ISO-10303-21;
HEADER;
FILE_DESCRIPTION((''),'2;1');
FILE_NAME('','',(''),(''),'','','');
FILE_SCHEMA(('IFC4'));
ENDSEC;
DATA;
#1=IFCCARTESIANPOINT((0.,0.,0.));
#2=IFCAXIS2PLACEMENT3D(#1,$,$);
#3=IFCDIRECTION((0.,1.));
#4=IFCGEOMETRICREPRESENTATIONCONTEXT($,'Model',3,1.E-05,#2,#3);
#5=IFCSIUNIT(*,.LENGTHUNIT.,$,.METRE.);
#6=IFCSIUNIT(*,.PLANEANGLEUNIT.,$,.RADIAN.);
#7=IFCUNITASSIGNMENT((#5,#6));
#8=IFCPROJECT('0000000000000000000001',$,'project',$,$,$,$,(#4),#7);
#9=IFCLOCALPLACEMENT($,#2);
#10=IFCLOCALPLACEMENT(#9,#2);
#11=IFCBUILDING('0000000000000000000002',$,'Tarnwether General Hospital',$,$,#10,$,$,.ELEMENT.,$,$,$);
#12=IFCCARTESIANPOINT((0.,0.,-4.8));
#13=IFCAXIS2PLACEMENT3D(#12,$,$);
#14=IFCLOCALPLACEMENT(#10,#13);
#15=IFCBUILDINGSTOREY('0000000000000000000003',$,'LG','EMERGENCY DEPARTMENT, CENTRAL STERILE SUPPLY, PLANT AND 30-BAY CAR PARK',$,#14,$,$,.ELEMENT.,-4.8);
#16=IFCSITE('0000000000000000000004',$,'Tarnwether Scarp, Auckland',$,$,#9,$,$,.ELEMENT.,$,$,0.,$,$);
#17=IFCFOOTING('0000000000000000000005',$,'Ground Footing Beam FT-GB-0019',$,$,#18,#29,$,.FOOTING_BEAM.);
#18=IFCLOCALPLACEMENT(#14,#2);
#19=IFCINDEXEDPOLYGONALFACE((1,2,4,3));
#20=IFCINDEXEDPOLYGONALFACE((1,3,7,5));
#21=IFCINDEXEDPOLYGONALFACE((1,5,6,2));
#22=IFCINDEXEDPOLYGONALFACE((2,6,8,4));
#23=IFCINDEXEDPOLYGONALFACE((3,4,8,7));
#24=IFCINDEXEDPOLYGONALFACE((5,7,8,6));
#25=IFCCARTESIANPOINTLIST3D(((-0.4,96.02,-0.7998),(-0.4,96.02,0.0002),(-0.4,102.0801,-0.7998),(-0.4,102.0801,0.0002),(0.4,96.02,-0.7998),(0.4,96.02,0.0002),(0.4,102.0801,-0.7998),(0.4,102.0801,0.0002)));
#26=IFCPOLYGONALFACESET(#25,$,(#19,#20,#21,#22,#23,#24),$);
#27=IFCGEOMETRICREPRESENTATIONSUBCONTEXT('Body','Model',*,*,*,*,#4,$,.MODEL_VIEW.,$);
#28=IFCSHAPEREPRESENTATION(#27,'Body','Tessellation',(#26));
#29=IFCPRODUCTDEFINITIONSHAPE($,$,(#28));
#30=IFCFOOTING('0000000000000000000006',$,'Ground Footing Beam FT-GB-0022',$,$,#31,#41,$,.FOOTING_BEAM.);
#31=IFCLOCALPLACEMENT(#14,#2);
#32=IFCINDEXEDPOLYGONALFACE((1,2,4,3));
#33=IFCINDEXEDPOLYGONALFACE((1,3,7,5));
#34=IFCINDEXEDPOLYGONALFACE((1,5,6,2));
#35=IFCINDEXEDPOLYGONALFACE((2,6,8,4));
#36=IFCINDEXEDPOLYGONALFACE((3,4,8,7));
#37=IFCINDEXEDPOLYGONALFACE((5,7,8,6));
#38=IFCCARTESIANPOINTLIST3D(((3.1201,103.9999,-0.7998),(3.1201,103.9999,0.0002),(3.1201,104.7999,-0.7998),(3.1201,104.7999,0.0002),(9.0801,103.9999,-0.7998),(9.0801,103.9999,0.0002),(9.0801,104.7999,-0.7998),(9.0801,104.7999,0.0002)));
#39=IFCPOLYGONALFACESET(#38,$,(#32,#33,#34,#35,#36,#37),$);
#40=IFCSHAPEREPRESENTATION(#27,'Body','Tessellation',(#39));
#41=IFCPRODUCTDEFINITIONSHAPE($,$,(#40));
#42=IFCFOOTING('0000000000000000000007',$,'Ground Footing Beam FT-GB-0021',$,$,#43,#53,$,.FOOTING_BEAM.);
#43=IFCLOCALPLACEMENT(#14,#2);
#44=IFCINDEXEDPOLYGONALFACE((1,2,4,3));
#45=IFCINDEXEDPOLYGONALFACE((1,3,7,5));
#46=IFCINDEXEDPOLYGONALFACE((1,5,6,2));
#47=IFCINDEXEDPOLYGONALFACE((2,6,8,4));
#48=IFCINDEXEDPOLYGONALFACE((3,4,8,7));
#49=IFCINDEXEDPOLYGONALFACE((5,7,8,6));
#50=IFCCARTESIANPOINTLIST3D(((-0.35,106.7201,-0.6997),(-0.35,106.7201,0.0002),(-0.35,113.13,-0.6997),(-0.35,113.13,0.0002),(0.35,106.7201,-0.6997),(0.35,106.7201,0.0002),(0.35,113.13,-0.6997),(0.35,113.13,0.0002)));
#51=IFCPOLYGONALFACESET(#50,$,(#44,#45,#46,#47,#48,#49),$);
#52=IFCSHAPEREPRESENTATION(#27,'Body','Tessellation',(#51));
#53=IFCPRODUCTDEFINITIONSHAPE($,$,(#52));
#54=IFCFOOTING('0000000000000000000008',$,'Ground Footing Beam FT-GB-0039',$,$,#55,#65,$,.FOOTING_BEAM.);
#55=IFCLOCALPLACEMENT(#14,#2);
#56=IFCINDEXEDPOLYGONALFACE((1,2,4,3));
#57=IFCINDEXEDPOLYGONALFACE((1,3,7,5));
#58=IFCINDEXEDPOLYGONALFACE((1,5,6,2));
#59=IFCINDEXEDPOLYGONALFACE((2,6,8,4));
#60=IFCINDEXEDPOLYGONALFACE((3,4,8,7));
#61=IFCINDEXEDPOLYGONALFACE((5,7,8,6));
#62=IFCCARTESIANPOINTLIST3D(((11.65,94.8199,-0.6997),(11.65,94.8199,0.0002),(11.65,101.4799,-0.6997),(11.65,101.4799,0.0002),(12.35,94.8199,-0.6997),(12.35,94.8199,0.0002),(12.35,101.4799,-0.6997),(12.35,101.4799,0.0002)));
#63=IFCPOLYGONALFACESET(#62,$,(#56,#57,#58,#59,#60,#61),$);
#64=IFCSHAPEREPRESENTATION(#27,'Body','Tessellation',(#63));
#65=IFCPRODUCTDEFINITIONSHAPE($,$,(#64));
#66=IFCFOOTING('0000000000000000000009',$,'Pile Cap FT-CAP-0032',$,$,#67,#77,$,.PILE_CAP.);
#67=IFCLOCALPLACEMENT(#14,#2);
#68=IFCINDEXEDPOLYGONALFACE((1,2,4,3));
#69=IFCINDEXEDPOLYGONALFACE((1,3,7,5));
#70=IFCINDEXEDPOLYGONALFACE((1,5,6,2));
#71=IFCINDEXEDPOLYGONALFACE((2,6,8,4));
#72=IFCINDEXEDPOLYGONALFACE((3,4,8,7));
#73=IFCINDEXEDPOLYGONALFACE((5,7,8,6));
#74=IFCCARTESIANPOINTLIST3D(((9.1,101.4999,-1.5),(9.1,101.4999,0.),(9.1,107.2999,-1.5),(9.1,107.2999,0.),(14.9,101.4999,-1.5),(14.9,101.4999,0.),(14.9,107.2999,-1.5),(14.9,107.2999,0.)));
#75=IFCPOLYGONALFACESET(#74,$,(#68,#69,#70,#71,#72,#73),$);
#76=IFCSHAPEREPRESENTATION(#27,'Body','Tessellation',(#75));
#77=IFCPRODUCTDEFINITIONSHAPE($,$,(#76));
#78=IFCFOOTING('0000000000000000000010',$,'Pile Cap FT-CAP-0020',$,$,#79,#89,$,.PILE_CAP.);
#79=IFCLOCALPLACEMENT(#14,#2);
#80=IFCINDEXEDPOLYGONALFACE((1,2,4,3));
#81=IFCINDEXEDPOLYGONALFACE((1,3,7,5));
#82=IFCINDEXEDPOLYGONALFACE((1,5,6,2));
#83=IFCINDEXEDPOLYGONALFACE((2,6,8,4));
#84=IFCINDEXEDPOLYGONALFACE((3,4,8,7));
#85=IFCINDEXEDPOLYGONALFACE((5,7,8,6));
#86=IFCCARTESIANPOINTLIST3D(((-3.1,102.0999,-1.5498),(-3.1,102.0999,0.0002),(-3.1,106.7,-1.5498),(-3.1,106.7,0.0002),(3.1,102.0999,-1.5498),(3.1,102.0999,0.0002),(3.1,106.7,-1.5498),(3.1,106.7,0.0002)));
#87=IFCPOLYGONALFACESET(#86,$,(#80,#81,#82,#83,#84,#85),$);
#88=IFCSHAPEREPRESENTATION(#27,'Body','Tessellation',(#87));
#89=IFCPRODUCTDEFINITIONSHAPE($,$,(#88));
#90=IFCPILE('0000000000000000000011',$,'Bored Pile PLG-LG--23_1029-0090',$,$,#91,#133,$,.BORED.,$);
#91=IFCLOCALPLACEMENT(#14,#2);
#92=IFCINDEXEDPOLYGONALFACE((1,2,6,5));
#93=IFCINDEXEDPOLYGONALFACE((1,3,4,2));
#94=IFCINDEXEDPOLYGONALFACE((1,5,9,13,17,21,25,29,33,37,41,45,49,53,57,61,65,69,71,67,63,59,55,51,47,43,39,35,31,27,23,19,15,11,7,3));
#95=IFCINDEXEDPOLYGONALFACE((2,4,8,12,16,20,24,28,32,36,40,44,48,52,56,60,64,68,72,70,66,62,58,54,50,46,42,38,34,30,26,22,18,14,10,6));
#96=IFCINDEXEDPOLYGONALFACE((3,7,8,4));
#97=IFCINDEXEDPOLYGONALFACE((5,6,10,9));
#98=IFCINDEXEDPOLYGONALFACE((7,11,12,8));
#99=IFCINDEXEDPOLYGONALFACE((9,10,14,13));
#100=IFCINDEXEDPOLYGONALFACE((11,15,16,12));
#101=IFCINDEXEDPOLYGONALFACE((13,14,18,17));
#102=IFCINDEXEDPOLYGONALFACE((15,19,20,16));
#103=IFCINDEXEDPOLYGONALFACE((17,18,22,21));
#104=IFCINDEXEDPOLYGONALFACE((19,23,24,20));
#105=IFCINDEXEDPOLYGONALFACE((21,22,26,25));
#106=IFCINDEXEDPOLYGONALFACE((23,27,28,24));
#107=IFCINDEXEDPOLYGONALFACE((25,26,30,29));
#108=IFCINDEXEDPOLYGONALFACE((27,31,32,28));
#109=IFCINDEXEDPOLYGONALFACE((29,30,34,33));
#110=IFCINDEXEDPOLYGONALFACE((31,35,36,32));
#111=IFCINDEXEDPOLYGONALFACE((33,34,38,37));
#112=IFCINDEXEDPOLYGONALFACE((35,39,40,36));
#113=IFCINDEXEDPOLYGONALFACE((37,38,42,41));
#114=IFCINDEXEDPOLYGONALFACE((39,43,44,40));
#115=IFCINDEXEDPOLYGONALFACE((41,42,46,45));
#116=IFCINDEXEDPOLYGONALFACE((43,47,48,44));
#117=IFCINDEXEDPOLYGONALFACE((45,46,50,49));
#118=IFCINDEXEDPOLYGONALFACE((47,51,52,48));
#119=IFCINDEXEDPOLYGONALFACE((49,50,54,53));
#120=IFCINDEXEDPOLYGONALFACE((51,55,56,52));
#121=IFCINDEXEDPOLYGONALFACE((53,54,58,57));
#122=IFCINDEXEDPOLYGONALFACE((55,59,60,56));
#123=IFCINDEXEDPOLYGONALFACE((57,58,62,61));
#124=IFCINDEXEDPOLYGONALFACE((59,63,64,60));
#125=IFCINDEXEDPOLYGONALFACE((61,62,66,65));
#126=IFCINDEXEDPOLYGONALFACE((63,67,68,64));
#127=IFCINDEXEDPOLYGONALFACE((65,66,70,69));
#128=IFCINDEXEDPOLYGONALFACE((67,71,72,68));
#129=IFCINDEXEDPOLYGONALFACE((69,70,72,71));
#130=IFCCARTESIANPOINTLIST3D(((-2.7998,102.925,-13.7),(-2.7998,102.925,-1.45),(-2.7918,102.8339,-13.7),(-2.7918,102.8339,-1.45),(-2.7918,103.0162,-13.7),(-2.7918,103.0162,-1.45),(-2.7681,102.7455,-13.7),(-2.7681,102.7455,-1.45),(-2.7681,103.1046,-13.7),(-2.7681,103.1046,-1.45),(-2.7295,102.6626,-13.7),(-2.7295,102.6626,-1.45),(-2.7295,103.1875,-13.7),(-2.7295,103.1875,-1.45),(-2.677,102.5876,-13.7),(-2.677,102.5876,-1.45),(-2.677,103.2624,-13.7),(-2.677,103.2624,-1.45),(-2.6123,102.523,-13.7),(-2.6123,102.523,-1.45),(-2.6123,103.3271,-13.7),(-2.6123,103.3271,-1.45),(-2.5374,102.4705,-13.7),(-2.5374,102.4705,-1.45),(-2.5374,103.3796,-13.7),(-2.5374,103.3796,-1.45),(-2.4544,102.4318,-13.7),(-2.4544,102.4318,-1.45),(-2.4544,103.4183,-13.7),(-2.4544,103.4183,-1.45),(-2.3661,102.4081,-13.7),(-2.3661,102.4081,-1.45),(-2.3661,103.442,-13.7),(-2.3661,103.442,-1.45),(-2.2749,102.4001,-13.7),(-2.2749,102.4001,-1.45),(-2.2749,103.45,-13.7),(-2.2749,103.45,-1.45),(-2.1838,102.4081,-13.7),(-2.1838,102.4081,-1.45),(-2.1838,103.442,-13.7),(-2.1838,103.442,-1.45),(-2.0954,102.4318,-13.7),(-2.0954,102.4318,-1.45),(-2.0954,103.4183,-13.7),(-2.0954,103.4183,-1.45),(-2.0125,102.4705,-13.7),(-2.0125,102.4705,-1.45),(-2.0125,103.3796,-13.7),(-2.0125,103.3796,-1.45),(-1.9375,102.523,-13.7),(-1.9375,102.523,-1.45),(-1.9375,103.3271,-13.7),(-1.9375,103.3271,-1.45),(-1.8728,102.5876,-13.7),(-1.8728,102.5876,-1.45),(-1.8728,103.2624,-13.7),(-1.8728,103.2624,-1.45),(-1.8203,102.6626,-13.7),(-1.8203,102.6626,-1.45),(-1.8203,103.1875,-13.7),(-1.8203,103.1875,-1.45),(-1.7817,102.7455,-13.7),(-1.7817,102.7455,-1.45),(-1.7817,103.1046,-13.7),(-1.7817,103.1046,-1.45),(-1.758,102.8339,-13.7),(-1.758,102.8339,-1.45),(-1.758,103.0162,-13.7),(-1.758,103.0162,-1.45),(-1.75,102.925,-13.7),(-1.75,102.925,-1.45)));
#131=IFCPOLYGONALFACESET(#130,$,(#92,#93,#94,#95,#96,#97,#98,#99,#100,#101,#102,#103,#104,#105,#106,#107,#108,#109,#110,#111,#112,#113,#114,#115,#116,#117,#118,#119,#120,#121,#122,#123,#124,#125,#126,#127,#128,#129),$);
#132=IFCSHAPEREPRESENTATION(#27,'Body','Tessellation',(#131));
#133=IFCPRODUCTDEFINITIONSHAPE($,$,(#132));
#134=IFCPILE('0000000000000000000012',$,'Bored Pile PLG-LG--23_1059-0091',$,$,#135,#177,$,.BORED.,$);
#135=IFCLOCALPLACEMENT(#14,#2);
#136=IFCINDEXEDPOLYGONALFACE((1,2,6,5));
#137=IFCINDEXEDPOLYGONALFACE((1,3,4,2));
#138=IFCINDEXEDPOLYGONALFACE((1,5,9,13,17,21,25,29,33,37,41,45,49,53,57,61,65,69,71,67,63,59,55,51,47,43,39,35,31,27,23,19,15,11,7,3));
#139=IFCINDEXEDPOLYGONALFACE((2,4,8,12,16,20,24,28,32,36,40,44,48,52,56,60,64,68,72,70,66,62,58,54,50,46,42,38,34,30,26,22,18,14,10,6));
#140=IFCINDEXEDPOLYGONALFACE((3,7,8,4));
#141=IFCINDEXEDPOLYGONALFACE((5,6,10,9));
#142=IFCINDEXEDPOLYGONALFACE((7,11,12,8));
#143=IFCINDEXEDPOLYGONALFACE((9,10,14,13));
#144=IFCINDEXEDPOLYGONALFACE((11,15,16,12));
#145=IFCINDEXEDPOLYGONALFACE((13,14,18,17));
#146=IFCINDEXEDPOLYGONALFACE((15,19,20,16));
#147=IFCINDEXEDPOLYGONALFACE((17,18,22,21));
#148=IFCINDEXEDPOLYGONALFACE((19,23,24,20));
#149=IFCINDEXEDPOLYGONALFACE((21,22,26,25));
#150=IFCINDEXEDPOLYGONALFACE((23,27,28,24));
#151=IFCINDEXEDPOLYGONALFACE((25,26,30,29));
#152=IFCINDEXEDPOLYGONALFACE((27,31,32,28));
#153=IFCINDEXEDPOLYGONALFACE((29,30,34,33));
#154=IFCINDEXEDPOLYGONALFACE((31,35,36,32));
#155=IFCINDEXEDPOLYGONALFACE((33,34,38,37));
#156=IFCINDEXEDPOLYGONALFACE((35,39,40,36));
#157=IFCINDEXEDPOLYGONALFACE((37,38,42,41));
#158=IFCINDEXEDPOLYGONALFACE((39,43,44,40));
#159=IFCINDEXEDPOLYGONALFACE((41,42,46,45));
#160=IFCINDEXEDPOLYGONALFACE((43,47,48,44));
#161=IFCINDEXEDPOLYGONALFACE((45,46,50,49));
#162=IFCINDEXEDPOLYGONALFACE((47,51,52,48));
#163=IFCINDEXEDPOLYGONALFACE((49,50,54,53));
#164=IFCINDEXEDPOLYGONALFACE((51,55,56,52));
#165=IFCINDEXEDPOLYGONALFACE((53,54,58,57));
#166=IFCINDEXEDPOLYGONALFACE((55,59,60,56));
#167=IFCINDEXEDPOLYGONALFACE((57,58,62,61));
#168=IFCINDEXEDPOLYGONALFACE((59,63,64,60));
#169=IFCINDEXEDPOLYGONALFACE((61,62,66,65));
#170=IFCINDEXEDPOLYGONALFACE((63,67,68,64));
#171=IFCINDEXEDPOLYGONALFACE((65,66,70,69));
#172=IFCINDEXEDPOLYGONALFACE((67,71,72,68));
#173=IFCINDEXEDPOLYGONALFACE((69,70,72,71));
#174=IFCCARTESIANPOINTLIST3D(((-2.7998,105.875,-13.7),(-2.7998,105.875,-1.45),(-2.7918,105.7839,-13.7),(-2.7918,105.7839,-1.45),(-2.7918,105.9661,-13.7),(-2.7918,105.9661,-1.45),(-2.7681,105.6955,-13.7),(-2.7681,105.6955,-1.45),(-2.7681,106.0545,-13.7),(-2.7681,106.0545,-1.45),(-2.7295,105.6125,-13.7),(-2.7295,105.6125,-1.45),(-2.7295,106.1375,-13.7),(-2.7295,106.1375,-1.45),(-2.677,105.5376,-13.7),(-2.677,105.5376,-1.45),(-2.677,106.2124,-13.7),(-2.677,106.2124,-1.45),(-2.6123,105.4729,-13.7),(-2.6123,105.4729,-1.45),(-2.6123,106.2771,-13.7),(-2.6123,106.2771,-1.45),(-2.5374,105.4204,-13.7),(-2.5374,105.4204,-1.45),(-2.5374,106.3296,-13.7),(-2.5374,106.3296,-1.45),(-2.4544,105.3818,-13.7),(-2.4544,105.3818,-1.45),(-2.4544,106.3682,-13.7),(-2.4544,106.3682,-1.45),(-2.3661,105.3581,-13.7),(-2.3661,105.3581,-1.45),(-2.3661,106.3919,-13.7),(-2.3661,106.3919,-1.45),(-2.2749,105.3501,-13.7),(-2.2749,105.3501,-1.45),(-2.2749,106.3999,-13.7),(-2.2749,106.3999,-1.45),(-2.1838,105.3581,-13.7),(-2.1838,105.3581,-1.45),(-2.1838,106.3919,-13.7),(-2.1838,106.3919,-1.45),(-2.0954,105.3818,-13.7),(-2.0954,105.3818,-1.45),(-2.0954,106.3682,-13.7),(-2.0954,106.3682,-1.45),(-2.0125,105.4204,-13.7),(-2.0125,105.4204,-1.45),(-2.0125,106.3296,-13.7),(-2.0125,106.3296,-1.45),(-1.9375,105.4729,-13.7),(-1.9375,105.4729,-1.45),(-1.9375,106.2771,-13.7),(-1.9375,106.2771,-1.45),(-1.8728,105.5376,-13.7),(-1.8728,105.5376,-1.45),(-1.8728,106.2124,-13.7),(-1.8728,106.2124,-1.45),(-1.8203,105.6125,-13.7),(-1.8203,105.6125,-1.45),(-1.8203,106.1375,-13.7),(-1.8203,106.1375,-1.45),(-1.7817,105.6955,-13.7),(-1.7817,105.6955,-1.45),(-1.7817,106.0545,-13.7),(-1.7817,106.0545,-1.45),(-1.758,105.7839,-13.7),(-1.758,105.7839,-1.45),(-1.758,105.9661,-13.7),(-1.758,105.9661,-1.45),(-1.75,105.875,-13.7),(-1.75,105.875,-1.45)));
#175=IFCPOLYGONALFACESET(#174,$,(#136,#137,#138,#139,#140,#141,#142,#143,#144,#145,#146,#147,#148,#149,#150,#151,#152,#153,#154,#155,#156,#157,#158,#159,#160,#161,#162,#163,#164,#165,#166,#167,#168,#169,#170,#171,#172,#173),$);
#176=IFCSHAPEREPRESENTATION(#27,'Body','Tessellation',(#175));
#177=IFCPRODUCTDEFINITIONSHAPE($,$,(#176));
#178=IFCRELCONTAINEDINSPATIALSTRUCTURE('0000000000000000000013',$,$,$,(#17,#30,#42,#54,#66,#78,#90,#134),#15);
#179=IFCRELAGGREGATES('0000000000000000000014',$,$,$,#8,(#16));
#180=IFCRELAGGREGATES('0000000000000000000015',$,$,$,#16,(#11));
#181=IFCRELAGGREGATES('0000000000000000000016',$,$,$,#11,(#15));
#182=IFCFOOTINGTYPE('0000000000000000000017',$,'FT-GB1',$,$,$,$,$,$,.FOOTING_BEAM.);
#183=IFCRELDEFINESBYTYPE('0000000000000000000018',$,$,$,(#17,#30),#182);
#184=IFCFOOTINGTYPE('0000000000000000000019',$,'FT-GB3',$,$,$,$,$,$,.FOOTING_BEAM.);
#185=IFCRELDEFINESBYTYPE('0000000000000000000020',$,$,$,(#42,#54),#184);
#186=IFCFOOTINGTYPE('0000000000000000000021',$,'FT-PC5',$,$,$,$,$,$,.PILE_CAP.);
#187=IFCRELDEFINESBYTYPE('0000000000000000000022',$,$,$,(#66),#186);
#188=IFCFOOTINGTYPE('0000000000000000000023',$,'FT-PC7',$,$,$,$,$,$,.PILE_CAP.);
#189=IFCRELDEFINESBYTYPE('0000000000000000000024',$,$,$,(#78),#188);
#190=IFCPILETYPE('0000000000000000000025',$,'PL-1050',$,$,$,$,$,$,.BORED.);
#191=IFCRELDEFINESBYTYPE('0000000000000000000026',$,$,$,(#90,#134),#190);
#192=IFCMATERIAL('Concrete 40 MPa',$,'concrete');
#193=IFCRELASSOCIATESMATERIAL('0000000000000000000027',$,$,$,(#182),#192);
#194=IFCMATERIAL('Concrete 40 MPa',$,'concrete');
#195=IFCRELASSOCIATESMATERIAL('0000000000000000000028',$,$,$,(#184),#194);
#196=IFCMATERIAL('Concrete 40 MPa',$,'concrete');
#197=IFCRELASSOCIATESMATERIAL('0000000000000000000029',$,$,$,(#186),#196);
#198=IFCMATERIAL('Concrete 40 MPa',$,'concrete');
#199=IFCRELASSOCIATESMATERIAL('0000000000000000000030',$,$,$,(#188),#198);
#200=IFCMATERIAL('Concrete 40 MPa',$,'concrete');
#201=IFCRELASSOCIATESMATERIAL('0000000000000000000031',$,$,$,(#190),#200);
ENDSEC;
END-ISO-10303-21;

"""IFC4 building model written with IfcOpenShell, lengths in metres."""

from ifc_helpers import new_model, si_unit, direction, frame, origin, origin_2d, place, context, subcontext, project, spatial, rectangle, circle, extrude, material, material_profile, profile_set, type_object, element, save


model = new_model("IFC4")

# Units and contexts
model_context = context("Model", 3, precision=1e-05, world=origin(), true_north=direction((0.0, 1.0)))
body_context = subcontext(model_context, "Body", "Model", "MODEL_VIEW")
ifc_project = project(units=[si_unit("LENGTHUNIT", "METRE"), si_unit("PLANEANGLEUNIT", "RADIAN")], contexts=[model_context])

# Site, building, storey
site_placement = place(None, origin())
site = spatial("IfcSite", under=ifc_project, at=site_placement, Name="Tarnwether Scarp, Auckland", CompositionType="ELEMENT", RefElevation=0.0)
building_placement = place(site_placement, origin())
building = spatial("IfcBuilding", under=site, at=building_placement, Name="Tarnwether General Hospital", CompositionType="ELEMENT")
storey_placement = place(building_placement, frame((0.0, 0.0, -4.8)))
storey = spatial("IfcBuildingStorey", under=building, at=storey_placement, Name="LG", Description="EMERGENCY DEPARTMENT, CENTRAL STERILE SUPPLY, PLANT AND 30-BAY CAR PARK", CompositionType="ELEMENT", Elevation=-4.8)

# Footings
ifc_material_1 = material(Name="Concrete 40 MPa", Category="concrete")
footing_type_1 = type_object("IfcFootingType", Name="FT-GB1", PredefinedType="FOOTING_BEAM", material=ifc_material_1)
footing_1_placement = place(storey_placement, frame((0.0, 99.05, -0.7998), z_axis=(0.0, 0.0, 1.0), x_axis=(0.0, 1.0, 0.0)))
element("IfcFooting", 1, at=footing_1_placement, inside=storey, type_object=footing_type_1, Name="Ground Footing Beam FT-GB-0019", PredefinedType="FOOTING_BEAM", context=body_context, shape_type="SweptSolid", body=[
    extrude(rectangle(XDim=6.0601, YDim=0.8, at=origin_2d()), origin(), (0.0, 0.0, 1.0), 0.8),
])
footing_2_placement = place(storey_placement, frame((6.1001, 104.3999, -0.7998), z_axis=(0.0, 0.0, 1.0), x_axis=(1.0, 0.0, 0.0)))
element("IfcFooting", 2, at=footing_2_placement, inside=storey, type_object=footing_type_1, Name="Ground Footing Beam FT-GB-0022", PredefinedType="FOOTING_BEAM", context=body_context, shape_type="SweptSolid", body=[
    extrude(rectangle(XDim=5.96, YDim=0.8, at=origin_2d()), origin(), (0.0, 0.0, 1.0), 0.8),
])
ifc_material_2 = material(Name="Concrete 40 MPa", Category="concrete")
footing_type_2 = type_object("IfcFootingType", Name="FT-GB3", PredefinedType="FOOTING_BEAM", material=ifc_material_2)
footing_3_placement = place(storey_placement, frame((0.0, 109.925, -0.6997), z_axis=(0.0, 0.0, 1.0), x_axis=(0.0, 1.0, 0.0)))
element("IfcFooting", 3, at=footing_3_placement, inside=storey, type_object=footing_type_2, Name="Ground Footing Beam FT-GB-0021", PredefinedType="FOOTING_BEAM", context=body_context, shape_type="SweptSolid", body=[
    extrude(rectangle(XDim=6.4099, YDim=0.7, at=origin_2d()), origin(), (0.0, 0.0, 1.0), 0.7),
])
footing_4_placement = place(storey_placement, frame((12.0, 98.1499, -0.6997), z_axis=(0.0, 0.0, 1.0), x_axis=(0.0, 1.0, 0.0)))
element("IfcFooting", 4, at=footing_4_placement, inside=storey, type_object=footing_type_2, Name="Ground Footing Beam FT-GB-0039", PredefinedType="FOOTING_BEAM", context=body_context, shape_type="SweptSolid", body=[
    extrude(rectangle(XDim=6.6599, YDim=0.7, at=origin_2d()), origin(), (0.0, 0.0, 1.0), 0.7),
])
ifc_material_3 = material(Name="Concrete 40 MPa", Category="concrete")
footing_type_3 = type_object("IfcFootingType", Name="FT-PC5", PredefinedType="PILE_CAP", material=ifc_material_3)
footing_5_placement = place(storey_placement, frame((12.0, 104.3999, -1.5), z_axis=(0.0, 0.0, 1.0), x_axis=(0.0, 1.0, 0.0)))
element("IfcFooting", 5, at=footing_5_placement, inside=storey, type_object=footing_type_3, Name="Pile Cap FT-CAP-0032", PredefinedType="PILE_CAP", context=body_context, shape_type="SweptSolid", body=[
    extrude(rectangle(XDim=5.8, YDim=5.8, at=origin_2d()), origin(), (0.0, 0.0, 1.0), 1.5),
])
ifc_material_4 = material(Name="Concrete 40 MPa", Category="concrete")
footing_type_4 = type_object("IfcFootingType", Name="FT-PC7", PredefinedType="PILE_CAP", material=ifc_material_4)
footing_6_placement = place(storey_placement, frame((0.0, 104.3999, -1.5498), z_axis=(0.0, 0.0, 1.0), x_axis=(1.0, 0.0, 0.0)))
element("IfcFooting", 6, at=footing_6_placement, inside=storey, type_object=footing_type_4, Name="Pile Cap FT-CAP-0020", PredefinedType="PILE_CAP", context=body_context, shape_type="SweptSolid", body=[
    extrude(rectangle(XDim=6.2, YDim=4.6001, at=origin_2d()), origin(), (0.0, 0.0, 1.0), 1.55),
])

# Piles
ifc_material_5 = material(Name="Concrete 40 MPa", Category="concrete")
ifc_material_profile_1 = material_profile(ifc_material_5, circle(Radius=0.5249, at=origin_2d()), Name="PILE-D1050")
ifc_profile_set_1 = profile_set([ifc_material_profile_1], Name="Concrete 40 MPa")
pile_type_1 = type_object("IfcPileType", Name="PL-1050", PredefinedType="BORED", material=ifc_profile_set_1)
for number, where, z_axis, x_axis, name in (
    (7, (-2.2749, 102.925, -1.45), (0.0, 0.0, -1.0), (1.0, 0.0, 0.0), "Bored Pile PLG-LG--23_1029-0090"),
    (8, (-2.2749, 105.875, -1.45), (0.0, 0.0, -1.0), (1.0, 0.0, 0.0), "Bored Pile PLG-LG--23_1059-0091"),
):
    element("IfcPile", number, at=place(storey_placement, frame(where, z_axis=z_axis, x_axis=x_axis)), inside=storey, type_object=pile_type_1, Name=name, PredefinedType="BORED", context=body_context, shape_type="SweptSolid", body=[
        extrude(circle(Radius=0.5249, at=origin_2d()), origin(), (0.0, 0.0, 1.0), 12.25),
    ])

save(model, "model.ifc")
